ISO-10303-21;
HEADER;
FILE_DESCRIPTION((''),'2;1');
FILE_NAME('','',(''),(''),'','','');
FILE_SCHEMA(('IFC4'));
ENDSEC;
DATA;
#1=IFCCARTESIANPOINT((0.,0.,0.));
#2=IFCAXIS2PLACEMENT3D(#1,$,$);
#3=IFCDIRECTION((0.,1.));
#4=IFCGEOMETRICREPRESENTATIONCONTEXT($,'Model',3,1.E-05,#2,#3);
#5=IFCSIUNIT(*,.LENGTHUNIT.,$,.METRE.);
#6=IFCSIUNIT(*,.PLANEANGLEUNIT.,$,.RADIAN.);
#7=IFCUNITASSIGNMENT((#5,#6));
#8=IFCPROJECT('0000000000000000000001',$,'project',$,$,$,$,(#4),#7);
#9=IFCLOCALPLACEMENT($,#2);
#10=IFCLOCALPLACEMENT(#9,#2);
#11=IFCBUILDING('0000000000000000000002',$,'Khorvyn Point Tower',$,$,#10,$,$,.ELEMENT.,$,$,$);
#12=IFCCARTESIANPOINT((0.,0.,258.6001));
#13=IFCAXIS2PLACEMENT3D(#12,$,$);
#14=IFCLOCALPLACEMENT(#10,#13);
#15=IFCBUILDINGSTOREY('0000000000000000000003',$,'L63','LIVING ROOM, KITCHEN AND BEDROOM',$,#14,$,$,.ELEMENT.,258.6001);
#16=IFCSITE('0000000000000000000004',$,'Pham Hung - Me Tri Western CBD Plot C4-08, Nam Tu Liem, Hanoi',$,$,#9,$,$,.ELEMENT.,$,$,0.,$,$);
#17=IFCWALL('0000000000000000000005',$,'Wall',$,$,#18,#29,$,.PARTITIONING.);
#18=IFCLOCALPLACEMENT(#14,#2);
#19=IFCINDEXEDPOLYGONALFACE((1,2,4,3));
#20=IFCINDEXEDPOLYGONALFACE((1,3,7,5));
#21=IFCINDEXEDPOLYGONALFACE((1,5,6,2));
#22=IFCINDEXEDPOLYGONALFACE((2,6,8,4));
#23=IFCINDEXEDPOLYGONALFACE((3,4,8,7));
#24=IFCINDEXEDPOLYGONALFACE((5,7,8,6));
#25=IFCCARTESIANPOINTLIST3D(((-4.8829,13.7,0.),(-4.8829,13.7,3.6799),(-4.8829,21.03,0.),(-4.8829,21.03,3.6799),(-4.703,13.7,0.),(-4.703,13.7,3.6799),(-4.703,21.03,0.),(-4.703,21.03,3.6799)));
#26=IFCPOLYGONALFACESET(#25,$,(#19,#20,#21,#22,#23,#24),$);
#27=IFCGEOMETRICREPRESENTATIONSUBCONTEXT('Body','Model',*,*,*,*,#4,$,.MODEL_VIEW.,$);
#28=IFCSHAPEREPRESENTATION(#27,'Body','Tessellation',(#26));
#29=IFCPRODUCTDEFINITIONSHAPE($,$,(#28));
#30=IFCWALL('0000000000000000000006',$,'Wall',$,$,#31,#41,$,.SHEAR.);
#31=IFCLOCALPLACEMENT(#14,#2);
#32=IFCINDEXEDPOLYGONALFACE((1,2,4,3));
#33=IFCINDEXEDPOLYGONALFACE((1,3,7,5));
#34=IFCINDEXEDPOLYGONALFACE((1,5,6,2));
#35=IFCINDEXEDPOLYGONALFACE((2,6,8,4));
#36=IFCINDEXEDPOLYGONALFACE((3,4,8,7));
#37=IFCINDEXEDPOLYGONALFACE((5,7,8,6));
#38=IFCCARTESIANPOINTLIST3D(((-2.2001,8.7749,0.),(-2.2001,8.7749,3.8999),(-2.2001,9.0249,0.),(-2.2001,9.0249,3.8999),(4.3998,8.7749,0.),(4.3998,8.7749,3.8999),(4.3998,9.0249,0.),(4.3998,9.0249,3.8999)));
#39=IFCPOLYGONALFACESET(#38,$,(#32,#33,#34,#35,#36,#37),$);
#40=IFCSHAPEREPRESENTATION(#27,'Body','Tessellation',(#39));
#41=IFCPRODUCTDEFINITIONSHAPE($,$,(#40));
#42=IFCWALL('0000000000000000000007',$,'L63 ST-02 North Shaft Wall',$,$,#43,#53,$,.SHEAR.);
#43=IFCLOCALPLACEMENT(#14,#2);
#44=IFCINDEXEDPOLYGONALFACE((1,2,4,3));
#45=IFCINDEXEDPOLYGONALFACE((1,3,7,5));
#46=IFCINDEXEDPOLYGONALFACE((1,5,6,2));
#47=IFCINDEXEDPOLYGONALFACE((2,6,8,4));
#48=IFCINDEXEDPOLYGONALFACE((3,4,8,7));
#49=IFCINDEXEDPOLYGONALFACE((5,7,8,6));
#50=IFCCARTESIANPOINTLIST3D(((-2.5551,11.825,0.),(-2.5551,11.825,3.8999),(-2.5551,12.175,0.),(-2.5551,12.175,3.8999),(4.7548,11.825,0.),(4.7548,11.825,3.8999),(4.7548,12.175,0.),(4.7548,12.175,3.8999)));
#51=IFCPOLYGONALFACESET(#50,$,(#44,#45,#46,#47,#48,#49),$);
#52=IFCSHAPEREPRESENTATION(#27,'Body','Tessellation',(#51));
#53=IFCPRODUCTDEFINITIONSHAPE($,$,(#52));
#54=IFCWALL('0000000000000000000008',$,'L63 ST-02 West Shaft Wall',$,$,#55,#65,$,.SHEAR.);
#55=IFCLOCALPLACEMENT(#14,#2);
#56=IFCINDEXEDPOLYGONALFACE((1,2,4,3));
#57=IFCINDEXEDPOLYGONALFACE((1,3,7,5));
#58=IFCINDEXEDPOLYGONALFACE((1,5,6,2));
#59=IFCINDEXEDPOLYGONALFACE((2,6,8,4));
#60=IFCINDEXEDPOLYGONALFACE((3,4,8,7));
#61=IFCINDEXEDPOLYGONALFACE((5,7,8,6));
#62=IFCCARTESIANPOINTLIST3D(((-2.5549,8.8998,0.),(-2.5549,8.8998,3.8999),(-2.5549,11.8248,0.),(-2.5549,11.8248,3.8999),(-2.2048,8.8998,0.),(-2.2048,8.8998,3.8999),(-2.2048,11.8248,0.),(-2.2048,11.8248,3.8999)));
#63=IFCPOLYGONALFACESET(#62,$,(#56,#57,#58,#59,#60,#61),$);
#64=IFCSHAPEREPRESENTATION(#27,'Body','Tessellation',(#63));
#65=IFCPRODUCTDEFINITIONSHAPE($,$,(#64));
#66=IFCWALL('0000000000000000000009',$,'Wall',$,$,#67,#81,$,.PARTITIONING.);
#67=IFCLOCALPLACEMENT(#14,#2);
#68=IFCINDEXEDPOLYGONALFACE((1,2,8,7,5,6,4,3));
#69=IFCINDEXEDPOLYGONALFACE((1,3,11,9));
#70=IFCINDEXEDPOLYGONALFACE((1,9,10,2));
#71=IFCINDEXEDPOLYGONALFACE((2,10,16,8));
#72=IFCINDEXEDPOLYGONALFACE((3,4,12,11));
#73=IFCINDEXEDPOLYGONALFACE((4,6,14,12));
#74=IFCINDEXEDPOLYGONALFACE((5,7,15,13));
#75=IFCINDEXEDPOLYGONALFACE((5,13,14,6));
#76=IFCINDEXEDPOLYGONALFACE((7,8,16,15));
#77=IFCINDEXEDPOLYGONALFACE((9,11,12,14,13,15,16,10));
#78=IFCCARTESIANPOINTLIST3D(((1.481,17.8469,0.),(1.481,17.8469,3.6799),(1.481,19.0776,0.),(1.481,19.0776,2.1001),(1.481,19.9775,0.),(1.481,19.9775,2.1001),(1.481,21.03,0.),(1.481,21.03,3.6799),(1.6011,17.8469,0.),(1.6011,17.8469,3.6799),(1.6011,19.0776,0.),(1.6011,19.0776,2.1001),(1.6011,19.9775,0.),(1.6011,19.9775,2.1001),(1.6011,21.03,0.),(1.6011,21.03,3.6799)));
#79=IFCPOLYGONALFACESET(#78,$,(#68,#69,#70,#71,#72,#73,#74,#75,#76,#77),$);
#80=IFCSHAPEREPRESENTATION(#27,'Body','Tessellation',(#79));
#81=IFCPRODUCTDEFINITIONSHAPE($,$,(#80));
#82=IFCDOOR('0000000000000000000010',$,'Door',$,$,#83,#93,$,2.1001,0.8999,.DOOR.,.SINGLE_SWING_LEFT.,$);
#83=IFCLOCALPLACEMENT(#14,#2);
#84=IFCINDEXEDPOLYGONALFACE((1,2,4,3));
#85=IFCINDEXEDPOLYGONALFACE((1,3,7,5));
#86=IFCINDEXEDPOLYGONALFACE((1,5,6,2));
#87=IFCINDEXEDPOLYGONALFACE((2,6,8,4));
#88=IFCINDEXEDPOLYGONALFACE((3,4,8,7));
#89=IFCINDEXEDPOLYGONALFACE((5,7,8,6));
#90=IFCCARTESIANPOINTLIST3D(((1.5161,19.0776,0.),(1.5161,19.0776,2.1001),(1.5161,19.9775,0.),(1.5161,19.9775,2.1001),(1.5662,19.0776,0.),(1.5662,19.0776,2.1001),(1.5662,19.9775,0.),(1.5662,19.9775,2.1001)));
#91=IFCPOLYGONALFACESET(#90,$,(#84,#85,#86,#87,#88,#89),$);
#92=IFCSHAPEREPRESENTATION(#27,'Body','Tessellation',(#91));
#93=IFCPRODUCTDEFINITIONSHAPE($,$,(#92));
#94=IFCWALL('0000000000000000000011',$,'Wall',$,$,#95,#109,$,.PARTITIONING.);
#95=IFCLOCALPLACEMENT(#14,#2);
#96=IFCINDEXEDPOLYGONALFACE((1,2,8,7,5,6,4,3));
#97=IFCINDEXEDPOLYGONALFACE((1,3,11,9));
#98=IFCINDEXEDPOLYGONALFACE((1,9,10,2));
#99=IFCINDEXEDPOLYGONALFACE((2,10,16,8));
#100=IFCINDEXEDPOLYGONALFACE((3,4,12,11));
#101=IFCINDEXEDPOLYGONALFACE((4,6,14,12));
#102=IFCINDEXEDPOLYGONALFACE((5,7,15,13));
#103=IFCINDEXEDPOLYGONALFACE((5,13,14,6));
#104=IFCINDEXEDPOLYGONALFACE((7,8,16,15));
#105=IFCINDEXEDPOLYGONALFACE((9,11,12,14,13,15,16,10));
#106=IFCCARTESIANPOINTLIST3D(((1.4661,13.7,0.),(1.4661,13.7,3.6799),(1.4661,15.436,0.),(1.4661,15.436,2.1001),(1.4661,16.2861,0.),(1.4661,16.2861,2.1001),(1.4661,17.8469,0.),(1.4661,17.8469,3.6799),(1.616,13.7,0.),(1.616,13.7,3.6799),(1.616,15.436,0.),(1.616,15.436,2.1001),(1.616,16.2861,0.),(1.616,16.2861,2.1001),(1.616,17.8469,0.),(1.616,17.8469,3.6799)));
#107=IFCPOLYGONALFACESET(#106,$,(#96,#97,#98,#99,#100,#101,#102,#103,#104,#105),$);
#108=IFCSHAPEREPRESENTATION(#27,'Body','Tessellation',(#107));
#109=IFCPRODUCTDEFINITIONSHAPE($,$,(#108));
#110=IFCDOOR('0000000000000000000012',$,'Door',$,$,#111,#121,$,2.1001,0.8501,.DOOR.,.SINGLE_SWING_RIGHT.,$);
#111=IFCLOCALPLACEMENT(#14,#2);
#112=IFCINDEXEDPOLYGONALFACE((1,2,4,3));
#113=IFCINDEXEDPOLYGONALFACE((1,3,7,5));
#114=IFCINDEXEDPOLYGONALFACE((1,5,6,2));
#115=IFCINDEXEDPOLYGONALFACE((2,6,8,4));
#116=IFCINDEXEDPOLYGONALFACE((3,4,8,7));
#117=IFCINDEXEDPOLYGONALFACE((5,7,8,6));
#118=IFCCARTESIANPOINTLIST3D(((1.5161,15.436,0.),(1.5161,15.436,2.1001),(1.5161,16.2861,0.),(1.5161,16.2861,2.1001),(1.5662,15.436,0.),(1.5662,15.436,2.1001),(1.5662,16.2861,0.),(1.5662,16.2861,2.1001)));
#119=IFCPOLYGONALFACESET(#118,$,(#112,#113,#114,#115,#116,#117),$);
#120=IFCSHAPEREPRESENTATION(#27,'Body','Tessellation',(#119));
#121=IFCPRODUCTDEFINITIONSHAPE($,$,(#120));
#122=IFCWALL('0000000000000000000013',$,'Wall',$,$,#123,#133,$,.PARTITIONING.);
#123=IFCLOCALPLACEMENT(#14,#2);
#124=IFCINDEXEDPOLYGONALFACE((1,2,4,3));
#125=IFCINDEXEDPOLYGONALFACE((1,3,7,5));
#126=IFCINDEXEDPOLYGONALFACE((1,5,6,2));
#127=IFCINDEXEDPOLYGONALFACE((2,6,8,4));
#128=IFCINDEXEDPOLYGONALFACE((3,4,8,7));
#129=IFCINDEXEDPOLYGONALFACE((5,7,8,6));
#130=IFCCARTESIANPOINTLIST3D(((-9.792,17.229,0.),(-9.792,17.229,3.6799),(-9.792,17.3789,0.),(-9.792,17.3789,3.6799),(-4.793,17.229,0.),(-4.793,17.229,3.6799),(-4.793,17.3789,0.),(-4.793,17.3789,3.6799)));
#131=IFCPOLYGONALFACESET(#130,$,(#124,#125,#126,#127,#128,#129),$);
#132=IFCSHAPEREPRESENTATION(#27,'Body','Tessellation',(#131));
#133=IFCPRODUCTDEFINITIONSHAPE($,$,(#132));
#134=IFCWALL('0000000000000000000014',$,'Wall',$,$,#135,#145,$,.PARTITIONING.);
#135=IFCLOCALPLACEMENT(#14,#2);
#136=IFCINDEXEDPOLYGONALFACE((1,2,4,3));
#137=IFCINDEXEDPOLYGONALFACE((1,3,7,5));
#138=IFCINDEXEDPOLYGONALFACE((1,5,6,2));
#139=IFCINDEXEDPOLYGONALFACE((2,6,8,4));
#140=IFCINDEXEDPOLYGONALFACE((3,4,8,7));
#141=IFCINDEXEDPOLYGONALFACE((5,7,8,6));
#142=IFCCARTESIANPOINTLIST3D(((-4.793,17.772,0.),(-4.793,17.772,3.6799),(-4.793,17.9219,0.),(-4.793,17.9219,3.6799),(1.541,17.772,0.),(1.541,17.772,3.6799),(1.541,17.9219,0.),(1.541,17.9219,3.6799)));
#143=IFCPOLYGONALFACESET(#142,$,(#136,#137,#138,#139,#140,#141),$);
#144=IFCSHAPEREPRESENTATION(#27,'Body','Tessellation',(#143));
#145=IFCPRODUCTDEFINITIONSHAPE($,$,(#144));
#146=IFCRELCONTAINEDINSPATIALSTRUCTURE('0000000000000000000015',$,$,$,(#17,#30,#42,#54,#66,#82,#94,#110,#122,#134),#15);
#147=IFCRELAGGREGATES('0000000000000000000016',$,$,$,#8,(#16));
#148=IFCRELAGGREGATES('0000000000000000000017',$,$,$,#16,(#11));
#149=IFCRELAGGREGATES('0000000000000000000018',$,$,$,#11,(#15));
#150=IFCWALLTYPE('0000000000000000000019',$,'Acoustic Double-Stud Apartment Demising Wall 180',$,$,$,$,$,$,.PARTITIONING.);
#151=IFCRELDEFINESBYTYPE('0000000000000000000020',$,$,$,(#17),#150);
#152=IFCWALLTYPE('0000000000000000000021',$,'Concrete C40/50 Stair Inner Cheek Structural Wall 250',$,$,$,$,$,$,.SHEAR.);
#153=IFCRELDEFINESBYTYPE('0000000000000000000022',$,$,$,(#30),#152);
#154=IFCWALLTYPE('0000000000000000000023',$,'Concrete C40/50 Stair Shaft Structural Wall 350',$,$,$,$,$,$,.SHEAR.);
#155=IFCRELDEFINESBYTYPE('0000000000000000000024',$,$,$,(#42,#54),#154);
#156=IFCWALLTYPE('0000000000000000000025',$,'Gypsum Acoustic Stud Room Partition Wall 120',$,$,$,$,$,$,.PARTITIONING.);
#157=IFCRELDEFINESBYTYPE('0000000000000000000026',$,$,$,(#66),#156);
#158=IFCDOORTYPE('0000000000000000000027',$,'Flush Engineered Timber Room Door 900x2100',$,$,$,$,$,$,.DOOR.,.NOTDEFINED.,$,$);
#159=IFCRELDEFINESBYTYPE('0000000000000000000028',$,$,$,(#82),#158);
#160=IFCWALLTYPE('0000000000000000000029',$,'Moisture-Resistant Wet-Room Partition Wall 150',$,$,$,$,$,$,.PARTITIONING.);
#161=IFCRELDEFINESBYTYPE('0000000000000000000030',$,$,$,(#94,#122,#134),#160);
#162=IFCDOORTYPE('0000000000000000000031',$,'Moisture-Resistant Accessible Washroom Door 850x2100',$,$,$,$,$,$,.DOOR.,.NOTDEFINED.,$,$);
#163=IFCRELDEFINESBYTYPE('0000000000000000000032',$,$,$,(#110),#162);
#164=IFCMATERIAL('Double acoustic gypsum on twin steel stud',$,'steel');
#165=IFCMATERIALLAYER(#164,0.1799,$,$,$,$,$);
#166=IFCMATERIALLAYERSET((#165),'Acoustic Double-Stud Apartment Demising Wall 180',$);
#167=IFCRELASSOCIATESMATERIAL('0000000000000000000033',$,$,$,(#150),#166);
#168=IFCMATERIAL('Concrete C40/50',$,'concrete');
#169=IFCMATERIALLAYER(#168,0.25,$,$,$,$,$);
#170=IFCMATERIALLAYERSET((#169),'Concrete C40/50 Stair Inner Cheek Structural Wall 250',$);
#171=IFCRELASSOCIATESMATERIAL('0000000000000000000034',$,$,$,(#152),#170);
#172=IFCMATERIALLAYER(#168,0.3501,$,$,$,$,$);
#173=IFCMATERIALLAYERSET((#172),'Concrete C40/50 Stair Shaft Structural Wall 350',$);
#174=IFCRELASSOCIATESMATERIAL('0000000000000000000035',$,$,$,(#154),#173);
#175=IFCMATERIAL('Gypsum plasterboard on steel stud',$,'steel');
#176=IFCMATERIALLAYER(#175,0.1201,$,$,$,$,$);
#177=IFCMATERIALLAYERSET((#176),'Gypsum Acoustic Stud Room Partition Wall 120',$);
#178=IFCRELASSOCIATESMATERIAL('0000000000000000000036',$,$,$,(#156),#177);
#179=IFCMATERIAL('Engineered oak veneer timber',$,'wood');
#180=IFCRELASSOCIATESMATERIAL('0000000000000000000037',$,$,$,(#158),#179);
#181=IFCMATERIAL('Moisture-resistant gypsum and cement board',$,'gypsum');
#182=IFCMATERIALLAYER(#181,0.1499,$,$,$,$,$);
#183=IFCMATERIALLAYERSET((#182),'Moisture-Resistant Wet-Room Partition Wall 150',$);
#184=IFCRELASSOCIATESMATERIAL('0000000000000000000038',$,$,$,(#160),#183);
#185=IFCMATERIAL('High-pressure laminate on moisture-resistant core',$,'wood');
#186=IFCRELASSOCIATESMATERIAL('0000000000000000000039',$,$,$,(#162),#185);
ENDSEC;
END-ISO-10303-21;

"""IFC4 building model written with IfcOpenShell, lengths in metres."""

from ifc_helpers import new_model, si_unit, direction, frame, frame_2d, origin, place, context, subcontext, project, spatial, rectangle, extrude, material, layer, layer_set, type_object, element, fill, save


model = new_model("IFC4")

# Units and contexts
model_context = context("Model", 3, precision=1e-05, world=origin(), true_north=direction((0.0, 1.0)))
body_context = subcontext(model_context, "Body", "Model", "MODEL_VIEW")
ifc_project = project(units=[si_unit("LENGTHUNIT", "METRE"), si_unit("PLANEANGLEUNIT", "RADIAN")], contexts=[model_context])

# Site, building, storey
site_placement = place(None, origin())
site = spatial("IfcSite", under=ifc_project, at=site_placement, Name="Pham Hung - Me Tri Western CBD Plot C4-08, Nam Tu Liem, Hanoi", CompositionType="ELEMENT", RefElevation=0.0)
building_placement = place(site_placement, origin())
building = spatial("IfcBuilding", under=site, at=building_placement, Name="Khorvyn Point Tower", CompositionType="ELEMENT")
storey_placement = place(building_placement, frame((0.0, 0.0, 258.6001)))
storey = spatial("IfcBuildingStorey", under=building, at=storey_placement, Name="L63", Description="LIVING ROOM, KITCHEN AND BEDROOM", CompositionType="ELEMENT", Elevation=258.6001)

# Shared definitions
ifc_material_1 = material(Name="Concrete C40/50", Category="concrete")

# Shared definitions
ifc_material_2 = material(Name="Double acoustic gypsum on twin steel stud", Category="steel")
ifc_layer_1 = layer(ifc_material_2, 0.1799)
ifc_layer_set_1 = layer_set([ifc_layer_1], Name="Acoustic Double-Stud Apartment Demising Wall 180")
wall_type_1 = type_object("IfcWallType", Name="Acoustic Double-Stud Apartment Demising Wall 180", PredefinedType="PARTITIONING", material=ifc_layer_set_1)

# Walls
wall_1_placement = place(storey_placement, frame((-4.793, 13.7, 0.0), z_axis=(0.0, 0.0, 1.0), x_axis=(0.0, 1.0, 0.0)))
element("IfcWall", 1, at=wall_1_placement, inside=storey, type_object=wall_type_1, Name="Wall", PredefinedType="PARTITIONING", context=body_context, shape_type="SweptSolid", body=[
    extrude(rectangle(XDim=7.3301, YDim=0.1799, at=frame_2d((3.665, 0.0))), origin(), (0.0, 0.0, 1.0), 3.6799),
])
ifc_layer_2 = layer(ifc_material_1, 0.25)
ifc_layer_set_2 = layer_set([ifc_layer_2], Name="Concrete C40/50 Stair Inner Cheek Structural Wall 250")
wall_type_2 = type_object("IfcWallType", Name="Concrete C40/50 Stair Inner Cheek Structural Wall 250", PredefinedType="SHEAR", material=ifc_layer_set_2)
wall_2_placement = place(storey_placement, frame((-2.2, 8.8999, 0.0), z_axis=(0.0, 0.0, 1.0), x_axis=(1.0, 0.0, 0.0)))
element("IfcWall", 2, at=wall_2_placement, inside=storey, type_object=wall_type_2, Name="Wall", PredefinedType="SHEAR", context=body_context, shape_type="SweptSolid", body=[
    extrude(rectangle(XDim=6.5999, YDim=0.25, at=frame_2d((3.2998, 0.0))), origin(), (0.0, 0.0, 1.0), 3.8999),
])
ifc_layer_3 = layer(ifc_material_1, 0.3501)
ifc_layer_set_3 = layer_set([ifc_layer_3], Name="Concrete C40/50 Stair Shaft Structural Wall 350")
wall_type_3 = type_object("IfcWallType", Name="Concrete C40/50 Stair Shaft Structural Wall 350", PredefinedType="SHEAR", material=ifc_layer_set_3)
wall_3_placement = place(storey_placement, frame((-2.5549, 12.0, 0.0), z_axis=(0.0, 0.0, 1.0), x_axis=(1.0, 0.0, 0.0)))
element("IfcWall", 3, at=wall_3_placement, inside=storey, type_object=wall_type_3, Name="L63 ST-02 North Shaft Wall", PredefinedType="SHEAR", context=body_context, shape_type="SweptSolid", body=[
    extrude(rectangle(XDim=7.3098, YDim=0.3501, at=frame_2d((3.6548, 0.0))), origin(), (0.0, 0.0, 1.0), 3.8999),
])
wall_4_placement = place(storey_placement, frame((-2.3799, 8.8999, 0.0), z_axis=(0.0, 0.0, 1.0), x_axis=(0.0, 1.0, 0.0)))
element("IfcWall", 4, at=wall_4_placement, inside=storey, type_object=wall_type_3, Name="L63 ST-02 West Shaft Wall", PredefinedType="SHEAR", context=body_context, shape_type="SweptSolid", body=[
    extrude(rectangle(XDim=2.925, YDim=0.3501, at=frame_2d((1.4624, 0.0))), origin(), (0.0, 0.0, 1.0), 3.8999),
])

# Walls, openings, doors
ifc_material_3 = material(Name="Gypsum plasterboard on steel stud", Category="steel")
ifc_layer_4 = layer(ifc_material_3, 0.1201)
ifc_layer_set_4 = layer_set([ifc_layer_4], Name="Gypsum Acoustic Stud Room Partition Wall 120")
wall_type_4 = type_object("IfcWallType", Name="Gypsum Acoustic Stud Room Partition Wall 120", PredefinedType="PARTITIONING", material=ifc_layer_set_4)
wall_5_placement = place(storey_placement, frame((1.541, 17.8469, 0.0), z_axis=(0.0, 0.0, 1.0), x_axis=(0.0, 1.0, 0.0)))
wall_5 = element("IfcWall", 5, at=wall_5_placement, inside=storey, type_object=wall_type_4, Name="Wall", PredefinedType="PARTITIONING", context=body_context, shape_type="SweptSolid", body=[
    extrude(rectangle(XDim=3.1831, YDim=0.1201, at=frame_2d((1.5916, 0.0))), origin(), (0.0, 0.0, 1.0), 3.6799),
])
opening_1_placement = place(wall_5_placement, frame((1.2307, 0.0, 0.0)))
opening_1 = element("IfcOpeningElement", 6, at=opening_1_placement, cuts=wall_5, PredefinedType="OPENING", context=body_context, shape_type="SweptSolid", body=[
    extrude(rectangle(XDim=0.8999, YDim=2.1001, at=frame_2d((0.45, 1.05))), frame((0.0, 0.0701, 0.0), z_axis=(0.0, -1.0, 0.0), x_axis=(1.0, 0.0, 0.0)), (0.0, 0.0, 1.0), 0.1401),
])
ifc_material_4 = material(Name="Engineered oak veneer timber", Category="wood")
door_type_1 = type_object("IfcDoorType", Name="Flush Engineered Timber Room Door 900x2100", OperationType="NOTDEFINED", PredefinedType="DOOR", material=ifc_material_4)
door_1_placement = place(opening_1_placement, origin())
door_1 = element("IfcDoor", 7, at=door_1_placement, inside=storey, type_object=door_type_1, Name="Door", OperationType="SINGLE_SWING_LEFT", OverallHeight=2.1001, OverallWidth=0.8999, PredefinedType="DOOR", context=body_context, shape_type="SweptSolid", body=[
    extrude(rectangle(XDim=0.8999, YDim=2.1001, at=frame_2d((0.45, 1.05))), frame((0.0, 0.0249, 0.0), z_axis=(0.0, -1.0, 0.0), x_axis=(1.0, 0.0, 0.0)), (0.0, 0.0, 1.0), 0.05),
])
fill(opening_1, door_1)
ifc_material_5 = material(Name="Moisture-resistant gypsum and cement board", Category="gypsum")
ifc_layer_5 = layer(ifc_material_5, 0.1499)
ifc_layer_set_5 = layer_set([ifc_layer_5], Name="Moisture-Resistant Wet-Room Partition Wall 150")
wall_type_5 = type_object("IfcWallType", Name="Moisture-Resistant Wet-Room Partition Wall 150", PredefinedType="PARTITIONING", material=ifc_layer_set_5)
wall_6_placement = place(storey_placement, frame((1.541, 13.7, 0.0), z_axis=(0.0, 0.0, 1.0), x_axis=(0.0, 1.0, 0.0)))
wall_6 = element("IfcWall", 8, at=wall_6_placement, inside=storey, type_object=wall_type_5, Name="Wall", PredefinedType="PARTITIONING", context=body_context, shape_type="SweptSolid", body=[
    extrude(rectangle(XDim=4.147, YDim=0.1499, at=frame_2d((2.0735, 0.0))), origin(), (0.0, 0.0, 1.0), 3.6799),
])
opening_2_placement = place(wall_6_placement, frame((1.7361, 0.0, 0.0)))
opening_2 = element("IfcOpeningElement", 9, at=opening_2_placement, cuts=wall_6, PredefinedType="OPENING", context=body_context, shape_type="SweptSolid", body=[
    extrude(rectangle(XDim=0.8501, YDim=2.1001, at=frame_2d((0.425, 1.05))), frame((0.0, 0.085, 0.0), z_axis=(0.0, -1.0, 0.0), x_axis=(1.0, 0.0, 0.0)), (0.0, 0.0, 1.0), 0.1699),
])
ifc_material_6 = material(Name="High-pressure laminate on moisture-resistant core", Category="wood")
door_type_2 = type_object("IfcDoorType", Name="Moisture-Resistant Accessible Washroom Door 850x2100", OperationType="NOTDEFINED", PredefinedType="DOOR", material=ifc_material_6)
door_2_placement = place(opening_2_placement, origin())
door_2 = element("IfcDoor", 10, at=door_2_placement, inside=storey, type_object=door_type_2, Name="Door", OperationType="SINGLE_SWING_RIGHT", OverallHeight=2.1001, OverallWidth=0.8501, PredefinedType="DOOR", context=body_context, shape_type="SweptSolid", body=[
    extrude(rectangle(XDim=0.8501, YDim=2.1001, at=frame_2d((0.425, 1.05))), frame((0.0, 0.0249, 0.0), z_axis=(0.0, -1.0, 0.0), x_axis=(1.0, 0.0, 0.0)), (0.0, 0.0, 1.0), 0.05),
])
fill(opening_2, door_2)

# Walls
wall_7_placement = place(storey_placement, frame((-9.792, 17.304, 0.0), z_axis=(0.0, 0.0, 1.0), x_axis=(1.0, 0.0, 0.0)))
element("IfcWall", 11, at=wall_7_placement, inside=storey, type_object=wall_type_5, Name="Wall", PredefinedType="PARTITIONING", context=body_context, shape_type="SweptSolid", body=[
    extrude(rectangle(XDim=4.999, YDim=0.1499, at=frame_2d((2.4995, 0.0))), origin(), (0.0, 0.0, 1.0), 3.6799),
])
wall_8_placement = place(storey_placement, frame((-4.793, 17.8469, 0.0), z_axis=(0.0, 0.0, 1.0), x_axis=(1.0, 0.0, 0.0)))
element("IfcWall", 12, at=wall_8_placement, inside=storey, type_object=wall_type_5, Name="Wall", PredefinedType="PARTITIONING", context=body_context, shape_type="SweptSolid", body=[
    extrude(rectangle(XDim=6.334, YDim=0.1499, at=frame_2d((3.167, 0.0))), origin(), (0.0, 0.0, 1.0), 3.6799),
])

save(model, "model.ifc")
